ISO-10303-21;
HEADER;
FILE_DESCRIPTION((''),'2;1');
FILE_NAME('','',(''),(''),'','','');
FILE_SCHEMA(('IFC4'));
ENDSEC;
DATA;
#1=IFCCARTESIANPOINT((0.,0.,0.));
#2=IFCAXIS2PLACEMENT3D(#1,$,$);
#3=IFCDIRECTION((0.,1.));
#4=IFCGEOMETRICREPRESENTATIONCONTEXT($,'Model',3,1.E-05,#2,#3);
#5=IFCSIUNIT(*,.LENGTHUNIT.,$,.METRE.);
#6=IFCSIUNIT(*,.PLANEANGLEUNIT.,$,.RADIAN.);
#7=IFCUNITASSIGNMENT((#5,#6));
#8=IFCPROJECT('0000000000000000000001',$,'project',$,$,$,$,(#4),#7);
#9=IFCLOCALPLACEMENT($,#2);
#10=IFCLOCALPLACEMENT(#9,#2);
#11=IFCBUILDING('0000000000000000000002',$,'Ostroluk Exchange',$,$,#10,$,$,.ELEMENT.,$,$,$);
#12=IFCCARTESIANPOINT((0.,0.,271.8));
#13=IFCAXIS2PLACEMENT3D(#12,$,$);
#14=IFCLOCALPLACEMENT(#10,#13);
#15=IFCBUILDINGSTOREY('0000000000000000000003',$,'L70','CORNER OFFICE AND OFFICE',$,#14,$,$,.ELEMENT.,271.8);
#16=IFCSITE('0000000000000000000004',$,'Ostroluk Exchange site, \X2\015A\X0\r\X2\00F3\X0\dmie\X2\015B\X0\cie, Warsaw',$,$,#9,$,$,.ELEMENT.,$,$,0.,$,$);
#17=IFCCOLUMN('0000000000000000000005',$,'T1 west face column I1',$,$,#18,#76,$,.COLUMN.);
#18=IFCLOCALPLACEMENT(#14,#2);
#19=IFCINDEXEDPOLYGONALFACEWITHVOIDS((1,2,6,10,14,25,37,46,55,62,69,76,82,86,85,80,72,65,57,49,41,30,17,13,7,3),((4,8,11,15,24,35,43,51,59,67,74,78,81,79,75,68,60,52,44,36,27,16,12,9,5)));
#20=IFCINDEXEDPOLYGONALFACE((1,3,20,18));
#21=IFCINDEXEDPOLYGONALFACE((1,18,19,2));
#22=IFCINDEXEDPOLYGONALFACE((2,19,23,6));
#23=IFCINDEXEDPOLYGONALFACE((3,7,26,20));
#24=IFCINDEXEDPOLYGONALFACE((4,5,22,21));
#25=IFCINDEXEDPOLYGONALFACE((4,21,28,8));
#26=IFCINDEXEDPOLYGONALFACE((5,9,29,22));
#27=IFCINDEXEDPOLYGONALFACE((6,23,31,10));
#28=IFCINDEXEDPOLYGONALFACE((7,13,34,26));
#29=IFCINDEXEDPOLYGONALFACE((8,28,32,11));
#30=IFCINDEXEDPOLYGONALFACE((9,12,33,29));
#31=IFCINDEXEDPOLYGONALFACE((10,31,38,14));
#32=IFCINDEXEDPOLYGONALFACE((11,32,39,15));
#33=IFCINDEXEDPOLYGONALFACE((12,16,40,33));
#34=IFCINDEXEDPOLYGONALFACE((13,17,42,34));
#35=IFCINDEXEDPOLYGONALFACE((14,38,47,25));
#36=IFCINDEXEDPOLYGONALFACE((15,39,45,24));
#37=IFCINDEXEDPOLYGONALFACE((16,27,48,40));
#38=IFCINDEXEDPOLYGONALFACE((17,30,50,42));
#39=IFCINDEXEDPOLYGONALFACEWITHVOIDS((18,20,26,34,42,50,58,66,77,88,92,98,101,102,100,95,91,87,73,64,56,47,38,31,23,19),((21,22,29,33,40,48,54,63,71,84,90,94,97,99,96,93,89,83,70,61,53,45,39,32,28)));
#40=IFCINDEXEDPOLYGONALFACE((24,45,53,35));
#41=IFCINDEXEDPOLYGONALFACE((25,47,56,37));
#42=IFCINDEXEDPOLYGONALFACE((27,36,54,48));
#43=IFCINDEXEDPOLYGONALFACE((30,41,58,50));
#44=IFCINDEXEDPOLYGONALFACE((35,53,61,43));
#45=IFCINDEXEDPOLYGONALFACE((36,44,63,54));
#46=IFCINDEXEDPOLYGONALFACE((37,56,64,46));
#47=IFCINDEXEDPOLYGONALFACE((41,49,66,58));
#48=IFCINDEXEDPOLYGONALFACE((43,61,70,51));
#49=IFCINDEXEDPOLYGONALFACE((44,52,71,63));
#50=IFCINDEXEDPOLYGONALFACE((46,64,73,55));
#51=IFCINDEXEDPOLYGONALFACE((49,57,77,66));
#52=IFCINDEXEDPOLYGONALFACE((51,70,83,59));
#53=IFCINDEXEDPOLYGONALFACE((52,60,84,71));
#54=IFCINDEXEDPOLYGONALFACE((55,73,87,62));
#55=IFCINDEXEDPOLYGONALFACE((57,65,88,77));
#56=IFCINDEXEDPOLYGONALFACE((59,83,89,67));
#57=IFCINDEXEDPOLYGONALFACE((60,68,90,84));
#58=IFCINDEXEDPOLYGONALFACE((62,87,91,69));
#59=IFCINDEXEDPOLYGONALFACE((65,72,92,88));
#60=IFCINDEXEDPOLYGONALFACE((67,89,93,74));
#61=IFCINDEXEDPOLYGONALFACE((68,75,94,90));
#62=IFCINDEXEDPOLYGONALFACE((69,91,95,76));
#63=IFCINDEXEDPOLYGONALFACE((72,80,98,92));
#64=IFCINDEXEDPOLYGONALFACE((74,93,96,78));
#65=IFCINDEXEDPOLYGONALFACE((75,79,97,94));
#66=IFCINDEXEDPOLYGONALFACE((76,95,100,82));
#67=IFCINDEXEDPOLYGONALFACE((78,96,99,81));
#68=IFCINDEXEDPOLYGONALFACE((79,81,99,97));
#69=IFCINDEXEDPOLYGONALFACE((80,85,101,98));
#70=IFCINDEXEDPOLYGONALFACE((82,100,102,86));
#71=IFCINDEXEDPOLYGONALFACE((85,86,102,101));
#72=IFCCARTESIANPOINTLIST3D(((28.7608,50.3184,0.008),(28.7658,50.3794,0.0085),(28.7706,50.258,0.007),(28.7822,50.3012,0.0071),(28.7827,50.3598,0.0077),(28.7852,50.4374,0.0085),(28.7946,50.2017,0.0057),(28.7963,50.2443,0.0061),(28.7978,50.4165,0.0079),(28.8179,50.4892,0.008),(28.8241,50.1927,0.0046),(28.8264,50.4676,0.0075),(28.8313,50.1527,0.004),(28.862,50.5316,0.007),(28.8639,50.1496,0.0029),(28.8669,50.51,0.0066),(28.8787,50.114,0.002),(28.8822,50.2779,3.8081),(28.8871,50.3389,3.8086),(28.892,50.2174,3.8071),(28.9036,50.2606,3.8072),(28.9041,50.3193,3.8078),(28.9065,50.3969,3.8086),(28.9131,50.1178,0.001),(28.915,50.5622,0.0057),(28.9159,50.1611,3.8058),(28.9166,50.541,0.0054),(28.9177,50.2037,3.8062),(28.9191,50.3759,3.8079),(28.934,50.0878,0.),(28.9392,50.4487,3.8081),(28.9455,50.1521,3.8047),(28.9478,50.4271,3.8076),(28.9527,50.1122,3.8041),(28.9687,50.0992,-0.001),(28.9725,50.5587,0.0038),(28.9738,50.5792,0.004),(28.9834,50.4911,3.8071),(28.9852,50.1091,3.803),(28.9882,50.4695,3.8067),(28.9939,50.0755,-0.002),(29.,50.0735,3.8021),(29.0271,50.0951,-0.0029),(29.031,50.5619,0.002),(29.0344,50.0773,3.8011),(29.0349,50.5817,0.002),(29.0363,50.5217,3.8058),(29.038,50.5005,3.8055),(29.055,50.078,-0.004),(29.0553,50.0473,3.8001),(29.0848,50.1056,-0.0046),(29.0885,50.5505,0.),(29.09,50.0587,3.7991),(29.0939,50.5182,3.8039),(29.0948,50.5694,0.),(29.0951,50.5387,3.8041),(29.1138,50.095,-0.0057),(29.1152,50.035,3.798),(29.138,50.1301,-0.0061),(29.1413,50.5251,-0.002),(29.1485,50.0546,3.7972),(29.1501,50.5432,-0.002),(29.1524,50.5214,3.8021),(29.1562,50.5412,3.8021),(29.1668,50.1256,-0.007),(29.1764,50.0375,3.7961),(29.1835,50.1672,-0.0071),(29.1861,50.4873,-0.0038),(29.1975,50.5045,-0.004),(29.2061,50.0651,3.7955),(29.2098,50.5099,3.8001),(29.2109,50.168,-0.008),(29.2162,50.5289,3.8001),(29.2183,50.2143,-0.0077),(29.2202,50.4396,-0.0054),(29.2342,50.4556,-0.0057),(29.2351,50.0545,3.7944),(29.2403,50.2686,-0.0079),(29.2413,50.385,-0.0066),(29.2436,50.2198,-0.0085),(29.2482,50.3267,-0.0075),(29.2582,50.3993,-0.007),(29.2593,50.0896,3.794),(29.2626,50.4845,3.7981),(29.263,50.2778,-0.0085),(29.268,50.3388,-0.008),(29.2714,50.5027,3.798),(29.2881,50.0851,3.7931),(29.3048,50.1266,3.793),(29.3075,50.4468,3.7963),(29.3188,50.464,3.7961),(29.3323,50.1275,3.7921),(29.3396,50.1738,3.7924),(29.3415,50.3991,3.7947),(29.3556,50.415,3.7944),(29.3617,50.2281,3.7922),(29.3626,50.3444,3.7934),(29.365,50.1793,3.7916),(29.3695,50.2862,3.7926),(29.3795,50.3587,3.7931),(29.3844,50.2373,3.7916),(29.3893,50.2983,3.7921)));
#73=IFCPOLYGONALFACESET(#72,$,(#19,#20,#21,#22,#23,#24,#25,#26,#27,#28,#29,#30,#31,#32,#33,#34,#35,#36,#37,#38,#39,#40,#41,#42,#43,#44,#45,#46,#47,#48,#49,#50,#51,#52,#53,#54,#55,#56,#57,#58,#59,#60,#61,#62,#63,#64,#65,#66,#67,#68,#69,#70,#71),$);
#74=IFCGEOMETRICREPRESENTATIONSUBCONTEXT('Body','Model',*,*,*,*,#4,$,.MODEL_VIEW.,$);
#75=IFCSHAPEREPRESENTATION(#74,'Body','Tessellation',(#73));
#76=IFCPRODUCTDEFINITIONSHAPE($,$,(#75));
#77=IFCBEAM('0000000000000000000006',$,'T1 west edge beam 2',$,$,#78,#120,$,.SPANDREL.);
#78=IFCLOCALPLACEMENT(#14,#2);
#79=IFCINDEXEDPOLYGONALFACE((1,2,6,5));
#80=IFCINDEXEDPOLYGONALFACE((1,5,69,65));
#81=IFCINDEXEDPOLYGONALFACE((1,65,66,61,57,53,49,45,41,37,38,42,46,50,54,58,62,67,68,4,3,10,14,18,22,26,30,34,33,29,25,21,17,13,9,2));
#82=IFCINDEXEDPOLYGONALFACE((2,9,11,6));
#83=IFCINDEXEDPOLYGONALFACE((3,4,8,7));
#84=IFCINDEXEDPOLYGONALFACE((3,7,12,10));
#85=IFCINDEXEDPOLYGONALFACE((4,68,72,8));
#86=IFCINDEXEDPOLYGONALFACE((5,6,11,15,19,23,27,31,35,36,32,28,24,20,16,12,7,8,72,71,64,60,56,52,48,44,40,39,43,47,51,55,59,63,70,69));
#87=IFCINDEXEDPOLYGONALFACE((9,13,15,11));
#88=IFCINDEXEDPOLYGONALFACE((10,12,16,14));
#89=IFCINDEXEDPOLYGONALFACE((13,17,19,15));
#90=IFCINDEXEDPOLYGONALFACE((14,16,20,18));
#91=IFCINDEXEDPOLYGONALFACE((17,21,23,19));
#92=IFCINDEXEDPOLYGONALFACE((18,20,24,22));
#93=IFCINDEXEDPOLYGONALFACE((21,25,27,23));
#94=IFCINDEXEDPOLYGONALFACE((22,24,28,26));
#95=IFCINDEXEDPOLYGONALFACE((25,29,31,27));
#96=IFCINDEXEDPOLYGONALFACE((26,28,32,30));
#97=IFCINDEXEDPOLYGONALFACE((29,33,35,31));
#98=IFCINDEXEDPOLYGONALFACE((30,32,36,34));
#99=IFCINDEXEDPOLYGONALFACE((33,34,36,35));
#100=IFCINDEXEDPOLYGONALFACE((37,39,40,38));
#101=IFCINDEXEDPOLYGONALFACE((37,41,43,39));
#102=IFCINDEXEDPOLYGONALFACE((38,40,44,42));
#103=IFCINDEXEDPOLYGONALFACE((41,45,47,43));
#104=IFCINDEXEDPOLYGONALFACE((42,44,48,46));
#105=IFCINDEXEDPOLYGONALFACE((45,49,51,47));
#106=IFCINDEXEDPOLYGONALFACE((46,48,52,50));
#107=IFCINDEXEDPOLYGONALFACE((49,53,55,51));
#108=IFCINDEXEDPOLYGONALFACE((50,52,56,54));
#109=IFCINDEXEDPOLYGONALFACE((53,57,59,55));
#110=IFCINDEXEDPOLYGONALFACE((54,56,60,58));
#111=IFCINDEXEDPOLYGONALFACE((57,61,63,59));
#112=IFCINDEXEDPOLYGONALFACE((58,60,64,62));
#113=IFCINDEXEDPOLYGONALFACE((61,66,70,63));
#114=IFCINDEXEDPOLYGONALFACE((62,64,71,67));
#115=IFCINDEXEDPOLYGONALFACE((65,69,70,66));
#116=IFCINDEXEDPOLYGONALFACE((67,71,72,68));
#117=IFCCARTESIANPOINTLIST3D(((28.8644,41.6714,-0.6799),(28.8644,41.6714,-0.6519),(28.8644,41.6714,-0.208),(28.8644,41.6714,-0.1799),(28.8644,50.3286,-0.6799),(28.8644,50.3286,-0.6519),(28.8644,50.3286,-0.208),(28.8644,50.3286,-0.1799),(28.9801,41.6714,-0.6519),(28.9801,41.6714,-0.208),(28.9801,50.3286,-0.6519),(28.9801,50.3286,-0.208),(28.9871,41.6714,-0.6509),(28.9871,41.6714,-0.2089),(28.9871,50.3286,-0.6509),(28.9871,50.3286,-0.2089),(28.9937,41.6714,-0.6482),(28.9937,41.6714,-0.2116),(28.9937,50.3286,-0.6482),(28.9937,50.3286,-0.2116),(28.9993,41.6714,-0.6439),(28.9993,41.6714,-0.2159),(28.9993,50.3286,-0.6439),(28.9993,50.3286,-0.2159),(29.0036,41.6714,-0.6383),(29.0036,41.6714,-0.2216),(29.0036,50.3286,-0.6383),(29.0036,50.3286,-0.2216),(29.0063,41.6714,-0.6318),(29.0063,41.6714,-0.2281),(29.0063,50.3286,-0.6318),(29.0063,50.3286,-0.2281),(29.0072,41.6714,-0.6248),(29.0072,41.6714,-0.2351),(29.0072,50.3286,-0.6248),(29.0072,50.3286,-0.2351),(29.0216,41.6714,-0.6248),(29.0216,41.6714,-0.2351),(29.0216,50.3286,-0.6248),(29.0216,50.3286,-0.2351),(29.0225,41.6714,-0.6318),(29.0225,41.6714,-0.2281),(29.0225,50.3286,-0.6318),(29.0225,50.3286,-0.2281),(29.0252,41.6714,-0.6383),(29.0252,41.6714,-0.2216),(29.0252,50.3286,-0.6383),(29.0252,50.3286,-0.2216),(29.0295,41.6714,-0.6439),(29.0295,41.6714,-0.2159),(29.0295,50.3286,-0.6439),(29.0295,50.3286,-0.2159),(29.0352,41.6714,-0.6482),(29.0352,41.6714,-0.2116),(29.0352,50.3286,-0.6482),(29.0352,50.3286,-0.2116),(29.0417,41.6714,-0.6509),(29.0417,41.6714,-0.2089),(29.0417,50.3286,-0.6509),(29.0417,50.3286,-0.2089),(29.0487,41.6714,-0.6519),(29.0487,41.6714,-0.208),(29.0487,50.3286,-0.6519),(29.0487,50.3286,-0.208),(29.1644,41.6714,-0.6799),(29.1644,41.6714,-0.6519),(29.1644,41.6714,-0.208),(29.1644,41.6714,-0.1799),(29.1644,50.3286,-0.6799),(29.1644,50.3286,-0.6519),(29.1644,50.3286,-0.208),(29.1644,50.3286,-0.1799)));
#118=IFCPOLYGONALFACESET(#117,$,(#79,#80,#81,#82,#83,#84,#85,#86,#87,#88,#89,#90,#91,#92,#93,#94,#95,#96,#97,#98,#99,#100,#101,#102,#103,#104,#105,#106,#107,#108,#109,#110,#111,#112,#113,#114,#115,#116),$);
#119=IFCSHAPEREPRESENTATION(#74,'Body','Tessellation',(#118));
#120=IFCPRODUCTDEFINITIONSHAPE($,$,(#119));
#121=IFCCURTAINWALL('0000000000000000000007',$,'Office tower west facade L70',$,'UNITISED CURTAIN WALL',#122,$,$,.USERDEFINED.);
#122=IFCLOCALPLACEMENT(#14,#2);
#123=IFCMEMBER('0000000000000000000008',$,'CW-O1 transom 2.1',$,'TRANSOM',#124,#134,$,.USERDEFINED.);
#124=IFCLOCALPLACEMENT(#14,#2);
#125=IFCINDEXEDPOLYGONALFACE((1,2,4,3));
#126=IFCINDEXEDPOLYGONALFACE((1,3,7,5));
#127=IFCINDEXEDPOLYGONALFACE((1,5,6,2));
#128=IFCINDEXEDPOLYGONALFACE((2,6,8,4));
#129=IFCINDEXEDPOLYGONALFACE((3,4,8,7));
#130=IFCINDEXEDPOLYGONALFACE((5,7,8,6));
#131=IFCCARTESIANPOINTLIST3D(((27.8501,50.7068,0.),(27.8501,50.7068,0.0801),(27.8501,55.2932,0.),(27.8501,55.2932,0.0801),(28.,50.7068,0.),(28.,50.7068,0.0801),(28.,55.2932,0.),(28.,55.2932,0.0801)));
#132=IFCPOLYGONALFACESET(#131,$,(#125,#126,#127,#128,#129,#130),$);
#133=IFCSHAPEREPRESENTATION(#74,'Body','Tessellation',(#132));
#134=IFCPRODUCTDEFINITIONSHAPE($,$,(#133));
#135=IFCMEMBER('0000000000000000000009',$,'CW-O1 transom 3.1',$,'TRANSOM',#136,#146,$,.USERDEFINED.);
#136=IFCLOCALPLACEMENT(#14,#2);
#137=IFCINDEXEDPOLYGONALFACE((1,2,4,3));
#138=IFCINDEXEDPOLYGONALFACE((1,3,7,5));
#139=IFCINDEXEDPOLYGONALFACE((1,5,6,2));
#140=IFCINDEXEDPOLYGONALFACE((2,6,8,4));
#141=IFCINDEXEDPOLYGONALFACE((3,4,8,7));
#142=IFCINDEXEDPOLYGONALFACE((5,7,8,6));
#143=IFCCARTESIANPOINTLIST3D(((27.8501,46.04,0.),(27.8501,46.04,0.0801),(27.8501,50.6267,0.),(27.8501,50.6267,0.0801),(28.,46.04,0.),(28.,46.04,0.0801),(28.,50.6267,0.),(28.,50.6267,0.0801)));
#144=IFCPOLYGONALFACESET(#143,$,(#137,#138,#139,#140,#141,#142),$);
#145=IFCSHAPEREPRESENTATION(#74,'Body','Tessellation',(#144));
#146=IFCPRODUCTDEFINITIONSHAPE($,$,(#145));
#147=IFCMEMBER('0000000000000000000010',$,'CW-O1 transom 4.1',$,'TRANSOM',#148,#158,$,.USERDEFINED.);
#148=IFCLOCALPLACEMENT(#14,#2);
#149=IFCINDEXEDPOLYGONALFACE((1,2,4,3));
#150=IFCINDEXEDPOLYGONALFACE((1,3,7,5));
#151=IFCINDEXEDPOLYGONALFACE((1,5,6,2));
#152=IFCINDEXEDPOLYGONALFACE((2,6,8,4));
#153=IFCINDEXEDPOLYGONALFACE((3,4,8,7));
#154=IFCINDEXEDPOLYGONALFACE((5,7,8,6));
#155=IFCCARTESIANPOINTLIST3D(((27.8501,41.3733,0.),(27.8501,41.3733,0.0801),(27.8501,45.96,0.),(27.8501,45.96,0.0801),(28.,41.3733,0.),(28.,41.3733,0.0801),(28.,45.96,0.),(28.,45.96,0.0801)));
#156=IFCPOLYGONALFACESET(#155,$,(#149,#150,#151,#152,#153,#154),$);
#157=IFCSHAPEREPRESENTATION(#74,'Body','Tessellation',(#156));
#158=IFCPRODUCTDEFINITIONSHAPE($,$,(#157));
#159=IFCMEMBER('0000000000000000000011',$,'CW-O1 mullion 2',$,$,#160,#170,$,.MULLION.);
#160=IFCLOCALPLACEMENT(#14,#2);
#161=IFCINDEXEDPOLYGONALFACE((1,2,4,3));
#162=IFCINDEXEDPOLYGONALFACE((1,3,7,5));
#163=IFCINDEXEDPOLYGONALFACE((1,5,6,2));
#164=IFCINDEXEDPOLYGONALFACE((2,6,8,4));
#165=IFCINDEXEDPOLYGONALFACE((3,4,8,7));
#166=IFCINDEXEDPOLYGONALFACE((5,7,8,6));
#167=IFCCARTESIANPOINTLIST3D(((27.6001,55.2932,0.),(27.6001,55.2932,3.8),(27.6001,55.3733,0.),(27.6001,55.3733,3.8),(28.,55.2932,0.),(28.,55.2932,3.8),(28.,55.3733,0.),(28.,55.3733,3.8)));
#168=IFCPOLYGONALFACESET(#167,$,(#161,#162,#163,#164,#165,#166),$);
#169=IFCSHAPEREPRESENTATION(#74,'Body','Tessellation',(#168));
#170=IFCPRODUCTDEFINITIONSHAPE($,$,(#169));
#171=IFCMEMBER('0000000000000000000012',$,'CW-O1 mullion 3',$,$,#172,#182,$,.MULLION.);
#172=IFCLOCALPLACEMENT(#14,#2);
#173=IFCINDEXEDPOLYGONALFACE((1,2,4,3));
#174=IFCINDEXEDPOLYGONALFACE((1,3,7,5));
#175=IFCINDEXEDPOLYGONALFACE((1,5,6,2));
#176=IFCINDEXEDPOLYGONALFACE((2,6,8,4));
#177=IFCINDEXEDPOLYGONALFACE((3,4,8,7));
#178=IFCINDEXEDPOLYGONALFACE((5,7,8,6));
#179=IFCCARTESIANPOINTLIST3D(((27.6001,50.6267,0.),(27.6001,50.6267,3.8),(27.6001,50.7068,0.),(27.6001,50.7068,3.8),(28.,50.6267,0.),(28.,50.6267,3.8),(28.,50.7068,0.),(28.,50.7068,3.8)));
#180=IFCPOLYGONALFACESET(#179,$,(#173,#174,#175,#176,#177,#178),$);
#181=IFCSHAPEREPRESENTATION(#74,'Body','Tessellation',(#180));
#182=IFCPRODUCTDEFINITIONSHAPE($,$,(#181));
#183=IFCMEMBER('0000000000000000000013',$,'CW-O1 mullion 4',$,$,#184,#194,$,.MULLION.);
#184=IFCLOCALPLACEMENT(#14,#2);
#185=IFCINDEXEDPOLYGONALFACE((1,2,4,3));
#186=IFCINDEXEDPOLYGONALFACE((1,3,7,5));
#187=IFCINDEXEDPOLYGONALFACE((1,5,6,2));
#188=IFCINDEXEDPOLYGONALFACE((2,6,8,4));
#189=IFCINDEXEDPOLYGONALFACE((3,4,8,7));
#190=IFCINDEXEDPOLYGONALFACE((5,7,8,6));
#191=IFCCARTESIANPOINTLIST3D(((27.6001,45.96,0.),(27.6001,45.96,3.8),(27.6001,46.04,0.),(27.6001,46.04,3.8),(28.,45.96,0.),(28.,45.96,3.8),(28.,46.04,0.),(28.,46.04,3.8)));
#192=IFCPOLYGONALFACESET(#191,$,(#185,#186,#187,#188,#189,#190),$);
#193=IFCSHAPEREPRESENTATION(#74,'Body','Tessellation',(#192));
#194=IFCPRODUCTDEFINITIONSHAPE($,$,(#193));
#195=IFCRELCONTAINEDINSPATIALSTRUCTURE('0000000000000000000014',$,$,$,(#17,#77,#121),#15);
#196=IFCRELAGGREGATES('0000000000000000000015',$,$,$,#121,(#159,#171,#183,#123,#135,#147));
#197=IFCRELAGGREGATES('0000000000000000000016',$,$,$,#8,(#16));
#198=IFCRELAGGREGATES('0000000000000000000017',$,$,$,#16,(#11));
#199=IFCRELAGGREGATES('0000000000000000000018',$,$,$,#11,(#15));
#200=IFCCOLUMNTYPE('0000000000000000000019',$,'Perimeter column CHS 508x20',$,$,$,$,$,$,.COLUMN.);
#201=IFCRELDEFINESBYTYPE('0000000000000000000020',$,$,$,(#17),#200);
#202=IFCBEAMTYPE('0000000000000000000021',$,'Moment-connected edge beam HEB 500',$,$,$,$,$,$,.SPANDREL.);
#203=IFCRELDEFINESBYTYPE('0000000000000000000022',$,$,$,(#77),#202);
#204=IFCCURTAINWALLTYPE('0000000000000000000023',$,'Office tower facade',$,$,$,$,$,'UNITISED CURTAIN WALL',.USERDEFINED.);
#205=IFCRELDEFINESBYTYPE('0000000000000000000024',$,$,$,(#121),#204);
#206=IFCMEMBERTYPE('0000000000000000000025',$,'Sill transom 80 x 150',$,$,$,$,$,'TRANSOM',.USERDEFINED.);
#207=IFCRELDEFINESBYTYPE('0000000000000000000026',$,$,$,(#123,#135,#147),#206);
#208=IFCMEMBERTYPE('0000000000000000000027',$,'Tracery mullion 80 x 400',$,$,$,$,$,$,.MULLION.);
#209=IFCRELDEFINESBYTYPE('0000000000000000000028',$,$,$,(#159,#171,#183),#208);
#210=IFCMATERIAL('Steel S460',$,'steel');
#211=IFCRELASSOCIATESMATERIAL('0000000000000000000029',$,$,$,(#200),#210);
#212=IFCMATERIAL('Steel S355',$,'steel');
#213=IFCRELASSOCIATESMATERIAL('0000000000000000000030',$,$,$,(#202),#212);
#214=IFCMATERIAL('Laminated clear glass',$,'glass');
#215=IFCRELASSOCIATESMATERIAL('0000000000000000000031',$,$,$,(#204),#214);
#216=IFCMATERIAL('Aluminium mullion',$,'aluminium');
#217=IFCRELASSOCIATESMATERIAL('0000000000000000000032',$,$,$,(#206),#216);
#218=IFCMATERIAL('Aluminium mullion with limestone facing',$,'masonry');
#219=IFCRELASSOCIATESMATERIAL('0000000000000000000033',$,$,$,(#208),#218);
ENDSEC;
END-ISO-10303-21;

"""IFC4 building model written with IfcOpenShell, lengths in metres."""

from ifc_helpers import new_model, si_unit, direction, frame, origin, origin_2d, place, context, subcontext, project, spatial, rectangle, hollow_circle, i_section, extrude, material, material_profile, profile_set, type_object, element, aggregate, save


model = new_model("IFC4")

# Units and contexts
model_context = context("Model", 3, precision=1e-05, world=origin(), true_north=direction((0.0, 1.0)))
body_context = subcontext(model_context, "Body", "Model", "MODEL_VIEW")
ifc_project = project(units=[si_unit("LENGTHUNIT", "METRE"), si_unit("PLANEANGLEUNIT", "RADIAN")], contexts=[model_context])

# Site, building, storey
site_placement = place(None, origin())
site = spatial("IfcSite", under=ifc_project, at=site_placement, Name="Ostroluk Exchange site, Śródmieście, Warsaw", CompositionType="ELEMENT", RefElevation=0.0)
building_placement = place(site_placement, origin())
building = spatial("IfcBuilding", under=site, at=building_placement, Name="Ostroluk Exchange", CompositionType="ELEMENT")
storey_placement = place(building_placement, frame((0.0, 0.0, 271.8)))
storey = spatial("IfcBuildingStorey", under=building, at=storey_placement, Name="L70", Description="CORNER OFFICE AND OFFICE", CompositionType="ELEMENT", Elevation=271.8)

# Column
ifc_material_1 = material(Name="Steel S460", Category="steel")
ifc_material_profile_1 = material_profile(ifc_material_1, hollow_circle(Radius=0.2539, WallThickness=0.02, at=origin_2d()), Name="CHS 508x20")
ifc_profile_set_1 = profile_set([ifc_material_profile_1], Name="Steel S460")
column_type = type_object("IfcColumnType", Name="Perimeter column CHS 508x20", PredefinedType="COLUMN", material=ifc_profile_set_1)
column_placement = place(storey_placement, frame((29.0144, 50.3286, 0.0), z_axis=(0.031913, -0.010659, 0.999434), x_axis=(0.3168, 0.948492, 0.0)))
element("IfcColumn", 1, at=column_placement, inside=storey, type_object=column_type, Name="T1 west face column I1", PredefinedType="COLUMN", context=body_context, shape_type="SweptSolid", body=[
    extrude(hollow_circle(Radius=0.2539, WallThickness=0.02, at=origin_2d()), origin(), (0.0, 0.0, 1.0), 3.8022),
])

# Beam
ifc_material_2 = material(Name="Steel S355", Category="steel")
ifc_material_profile_2 = material_profile(ifc_material_2, i_section(OverallWidth=0.3, OverallDepth=0.5, WebThickness=0.0144, FlangeThickness=0.0281, FilletRadius=0.0271, at=origin_2d()), Name="HEB 500")
ifc_profile_set_2 = profile_set([ifc_material_profile_2], Name="Steel S355")
beam_type = type_object("IfcBeamType", Name="Moment-connected edge beam HEB 500", PredefinedType="SPANDREL", material=ifc_profile_set_2)
beam_placement = place(storey_placement, frame((29.0144, 50.3286, -0.4299), z_axis=(0.0, -1.0, 0.0), x_axis=(1.0, 0.0, 0.0)))
element("IfcBeam", 2, at=beam_placement, inside=storey, type_object=beam_type, Name="T1 west edge beam 2", PredefinedType="SPANDREL", context=body_context, shape_type="SweptSolid", body=[
    extrude(i_section(OverallWidth=0.3, OverallDepth=0.5, WebThickness=0.0144, FlangeThickness=0.0281, FilletRadius=0.0271, at=origin_2d()), origin(), (0.0, 0.0, 1.0), 8.6572),
])

# Curtain wall, members
ifc_material_3 = material(Name="Laminated clear glass", Category="glass")
curtain_wall_type = type_object("IfcCurtainWallType", Name="Office tower facade", ElementType="UNITISED CURTAIN WALL", PredefinedType="USERDEFINED", material=ifc_material_3)
curtain_wall_placement = place(storey_placement, origin())
curtain_wall = element("IfcCurtainWall", 3, at=curtain_wall_placement, inside=storey, type_object=curtain_wall_type, Name="Office tower west facade L70", ObjectType="UNITISED CURTAIN WALL", PredefinedType="USERDEFINED")
ifc_material_4 = material(Name="Aluminium mullion", Category="aluminium")
ifc_material_profile_3 = material_profile(ifc_material_4, rectangle(XDim=0.1499, YDim=0.0801, at=origin_2d()), Name="Sill transom 80 x 150")
ifc_profile_set_3 = profile_set([ifc_material_profile_3], Name="Aluminium mullion")
member_type_1 = type_object("IfcMemberType", Name="Sill transom 80 x 150", ElementType="TRANSOM", PredefinedType="USERDEFINED", material=ifc_profile_set_3)
member_1_placement = place(storey_placement, frame((27.925, 55.2932, 0.04), z_axis=(0.0, -1.0, 0.0), x_axis=(1.0, 0.0, 0.0)))
member_1 = element("IfcMember", 4, at=member_1_placement, type_object=member_type_1, Name="CW-O1 transom 2.1", ObjectType="TRANSOM", PredefinedType="USERDEFINED", context=body_context, shape_type="SweptSolid", body=[
    extrude(rectangle(XDim=0.1499, YDim=0.0801, at=origin_2d()), origin(), (0.0, 0.0, 1.0), 4.5864),
])
member_2_placement = place(storey_placement, frame((27.925, 50.6267, 0.04), z_axis=(0.0, -1.0, 0.0), x_axis=(1.0, 0.0, 0.0)))
member_2 = element("IfcMember", 5, at=member_2_placement, type_object=member_type_1, Name="CW-O1 transom 3.1", ObjectType="TRANSOM", PredefinedType="USERDEFINED", context=body_context, shape_type="SweptSolid", body=[
    extrude(rectangle(XDim=0.1499, YDim=0.0801, at=origin_2d()), origin(), (0.0, 0.0, 1.0), 4.5867),
])
member_3_placement = place(storey_placement, frame((27.925, 45.96, 0.04), z_axis=(0.0, -1.0, 0.0), x_axis=(1.0, 0.0, 0.0)))
member_3 = element("IfcMember", 6, at=member_3_placement, type_object=member_type_1, Name="CW-O1 transom 4.1", ObjectType="TRANSOM", PredefinedType="USERDEFINED", context=body_context, shape_type="SweptSolid", body=[
    extrude(rectangle(XDim=0.1499, YDim=0.0801, at=origin_2d()), origin(), (0.0, 0.0, 1.0), 4.5867),
])
ifc_material_5 = material(Name="Aluminium mullion with limestone facing", Category="masonry")
ifc_material_profile_4 = material_profile(ifc_material_5, rectangle(XDim=0.3999, YDim=0.0801, at=origin_2d()), Name="Tracery mullion 80 x 400")
ifc_profile_set_4 = profile_set([ifc_material_profile_4], Name="Aluminium mullion with limestone facing")
member_type_2 = type_object("IfcMemberType", Name="Tracery mullion 80 x 400", PredefinedType="MULLION", material=ifc_profile_set_4)
member_4_placement = place(storey_placement, frame((27.8, 55.3333, 0.0), z_axis=(0.0, 0.0, 1.0), x_axis=(1.0, 0.0, 0.0)))
member_4 = element("IfcMember", 7, at=member_4_placement, type_object=member_type_2, Name="CW-O1 mullion 2", PredefinedType="MULLION", context=body_context, shape_type="SweptSolid", body=[
    extrude(rectangle(XDim=0.3999, YDim=0.0801, at=origin_2d()), origin(), (0.0, 0.0, 1.0), 3.8),
])
member_5_placement = place(storey_placement, frame((27.8, 50.6667, 0.0), z_axis=(0.0, 0.0, 1.0), x_axis=(1.0, 0.0, 0.0)))
member_5 = element("IfcMember", 8, at=member_5_placement, type_object=member_type_2, Name="CW-O1 mullion 3", PredefinedType="MULLION", context=body_context, shape_type="SweptSolid", body=[
    extrude(rectangle(XDim=0.3999, YDim=0.0801, at=origin_2d()), origin(), (0.0, 0.0, 1.0), 3.8),
])
member_6_placement = place(storey_placement, frame((27.8, 46.0, 0.0), z_axis=(0.0, 0.0, 1.0), x_axis=(1.0, 0.0, 0.0)))
member_6 = element("IfcMember", 9, at=member_6_placement, type_object=member_type_2, Name="CW-O1 mullion 4", PredefinedType="MULLION", context=body_context, shape_type="SweptSolid", body=[
    extrude(rectangle(XDim=0.3999, YDim=0.0801, at=origin_2d()), origin(), (0.0, 0.0, 1.0), 3.8),
])
aggregate(curtain_wall, [member_4, member_5, member_6, member_1, member_2, member_3])

save(model, "model.ifc")
